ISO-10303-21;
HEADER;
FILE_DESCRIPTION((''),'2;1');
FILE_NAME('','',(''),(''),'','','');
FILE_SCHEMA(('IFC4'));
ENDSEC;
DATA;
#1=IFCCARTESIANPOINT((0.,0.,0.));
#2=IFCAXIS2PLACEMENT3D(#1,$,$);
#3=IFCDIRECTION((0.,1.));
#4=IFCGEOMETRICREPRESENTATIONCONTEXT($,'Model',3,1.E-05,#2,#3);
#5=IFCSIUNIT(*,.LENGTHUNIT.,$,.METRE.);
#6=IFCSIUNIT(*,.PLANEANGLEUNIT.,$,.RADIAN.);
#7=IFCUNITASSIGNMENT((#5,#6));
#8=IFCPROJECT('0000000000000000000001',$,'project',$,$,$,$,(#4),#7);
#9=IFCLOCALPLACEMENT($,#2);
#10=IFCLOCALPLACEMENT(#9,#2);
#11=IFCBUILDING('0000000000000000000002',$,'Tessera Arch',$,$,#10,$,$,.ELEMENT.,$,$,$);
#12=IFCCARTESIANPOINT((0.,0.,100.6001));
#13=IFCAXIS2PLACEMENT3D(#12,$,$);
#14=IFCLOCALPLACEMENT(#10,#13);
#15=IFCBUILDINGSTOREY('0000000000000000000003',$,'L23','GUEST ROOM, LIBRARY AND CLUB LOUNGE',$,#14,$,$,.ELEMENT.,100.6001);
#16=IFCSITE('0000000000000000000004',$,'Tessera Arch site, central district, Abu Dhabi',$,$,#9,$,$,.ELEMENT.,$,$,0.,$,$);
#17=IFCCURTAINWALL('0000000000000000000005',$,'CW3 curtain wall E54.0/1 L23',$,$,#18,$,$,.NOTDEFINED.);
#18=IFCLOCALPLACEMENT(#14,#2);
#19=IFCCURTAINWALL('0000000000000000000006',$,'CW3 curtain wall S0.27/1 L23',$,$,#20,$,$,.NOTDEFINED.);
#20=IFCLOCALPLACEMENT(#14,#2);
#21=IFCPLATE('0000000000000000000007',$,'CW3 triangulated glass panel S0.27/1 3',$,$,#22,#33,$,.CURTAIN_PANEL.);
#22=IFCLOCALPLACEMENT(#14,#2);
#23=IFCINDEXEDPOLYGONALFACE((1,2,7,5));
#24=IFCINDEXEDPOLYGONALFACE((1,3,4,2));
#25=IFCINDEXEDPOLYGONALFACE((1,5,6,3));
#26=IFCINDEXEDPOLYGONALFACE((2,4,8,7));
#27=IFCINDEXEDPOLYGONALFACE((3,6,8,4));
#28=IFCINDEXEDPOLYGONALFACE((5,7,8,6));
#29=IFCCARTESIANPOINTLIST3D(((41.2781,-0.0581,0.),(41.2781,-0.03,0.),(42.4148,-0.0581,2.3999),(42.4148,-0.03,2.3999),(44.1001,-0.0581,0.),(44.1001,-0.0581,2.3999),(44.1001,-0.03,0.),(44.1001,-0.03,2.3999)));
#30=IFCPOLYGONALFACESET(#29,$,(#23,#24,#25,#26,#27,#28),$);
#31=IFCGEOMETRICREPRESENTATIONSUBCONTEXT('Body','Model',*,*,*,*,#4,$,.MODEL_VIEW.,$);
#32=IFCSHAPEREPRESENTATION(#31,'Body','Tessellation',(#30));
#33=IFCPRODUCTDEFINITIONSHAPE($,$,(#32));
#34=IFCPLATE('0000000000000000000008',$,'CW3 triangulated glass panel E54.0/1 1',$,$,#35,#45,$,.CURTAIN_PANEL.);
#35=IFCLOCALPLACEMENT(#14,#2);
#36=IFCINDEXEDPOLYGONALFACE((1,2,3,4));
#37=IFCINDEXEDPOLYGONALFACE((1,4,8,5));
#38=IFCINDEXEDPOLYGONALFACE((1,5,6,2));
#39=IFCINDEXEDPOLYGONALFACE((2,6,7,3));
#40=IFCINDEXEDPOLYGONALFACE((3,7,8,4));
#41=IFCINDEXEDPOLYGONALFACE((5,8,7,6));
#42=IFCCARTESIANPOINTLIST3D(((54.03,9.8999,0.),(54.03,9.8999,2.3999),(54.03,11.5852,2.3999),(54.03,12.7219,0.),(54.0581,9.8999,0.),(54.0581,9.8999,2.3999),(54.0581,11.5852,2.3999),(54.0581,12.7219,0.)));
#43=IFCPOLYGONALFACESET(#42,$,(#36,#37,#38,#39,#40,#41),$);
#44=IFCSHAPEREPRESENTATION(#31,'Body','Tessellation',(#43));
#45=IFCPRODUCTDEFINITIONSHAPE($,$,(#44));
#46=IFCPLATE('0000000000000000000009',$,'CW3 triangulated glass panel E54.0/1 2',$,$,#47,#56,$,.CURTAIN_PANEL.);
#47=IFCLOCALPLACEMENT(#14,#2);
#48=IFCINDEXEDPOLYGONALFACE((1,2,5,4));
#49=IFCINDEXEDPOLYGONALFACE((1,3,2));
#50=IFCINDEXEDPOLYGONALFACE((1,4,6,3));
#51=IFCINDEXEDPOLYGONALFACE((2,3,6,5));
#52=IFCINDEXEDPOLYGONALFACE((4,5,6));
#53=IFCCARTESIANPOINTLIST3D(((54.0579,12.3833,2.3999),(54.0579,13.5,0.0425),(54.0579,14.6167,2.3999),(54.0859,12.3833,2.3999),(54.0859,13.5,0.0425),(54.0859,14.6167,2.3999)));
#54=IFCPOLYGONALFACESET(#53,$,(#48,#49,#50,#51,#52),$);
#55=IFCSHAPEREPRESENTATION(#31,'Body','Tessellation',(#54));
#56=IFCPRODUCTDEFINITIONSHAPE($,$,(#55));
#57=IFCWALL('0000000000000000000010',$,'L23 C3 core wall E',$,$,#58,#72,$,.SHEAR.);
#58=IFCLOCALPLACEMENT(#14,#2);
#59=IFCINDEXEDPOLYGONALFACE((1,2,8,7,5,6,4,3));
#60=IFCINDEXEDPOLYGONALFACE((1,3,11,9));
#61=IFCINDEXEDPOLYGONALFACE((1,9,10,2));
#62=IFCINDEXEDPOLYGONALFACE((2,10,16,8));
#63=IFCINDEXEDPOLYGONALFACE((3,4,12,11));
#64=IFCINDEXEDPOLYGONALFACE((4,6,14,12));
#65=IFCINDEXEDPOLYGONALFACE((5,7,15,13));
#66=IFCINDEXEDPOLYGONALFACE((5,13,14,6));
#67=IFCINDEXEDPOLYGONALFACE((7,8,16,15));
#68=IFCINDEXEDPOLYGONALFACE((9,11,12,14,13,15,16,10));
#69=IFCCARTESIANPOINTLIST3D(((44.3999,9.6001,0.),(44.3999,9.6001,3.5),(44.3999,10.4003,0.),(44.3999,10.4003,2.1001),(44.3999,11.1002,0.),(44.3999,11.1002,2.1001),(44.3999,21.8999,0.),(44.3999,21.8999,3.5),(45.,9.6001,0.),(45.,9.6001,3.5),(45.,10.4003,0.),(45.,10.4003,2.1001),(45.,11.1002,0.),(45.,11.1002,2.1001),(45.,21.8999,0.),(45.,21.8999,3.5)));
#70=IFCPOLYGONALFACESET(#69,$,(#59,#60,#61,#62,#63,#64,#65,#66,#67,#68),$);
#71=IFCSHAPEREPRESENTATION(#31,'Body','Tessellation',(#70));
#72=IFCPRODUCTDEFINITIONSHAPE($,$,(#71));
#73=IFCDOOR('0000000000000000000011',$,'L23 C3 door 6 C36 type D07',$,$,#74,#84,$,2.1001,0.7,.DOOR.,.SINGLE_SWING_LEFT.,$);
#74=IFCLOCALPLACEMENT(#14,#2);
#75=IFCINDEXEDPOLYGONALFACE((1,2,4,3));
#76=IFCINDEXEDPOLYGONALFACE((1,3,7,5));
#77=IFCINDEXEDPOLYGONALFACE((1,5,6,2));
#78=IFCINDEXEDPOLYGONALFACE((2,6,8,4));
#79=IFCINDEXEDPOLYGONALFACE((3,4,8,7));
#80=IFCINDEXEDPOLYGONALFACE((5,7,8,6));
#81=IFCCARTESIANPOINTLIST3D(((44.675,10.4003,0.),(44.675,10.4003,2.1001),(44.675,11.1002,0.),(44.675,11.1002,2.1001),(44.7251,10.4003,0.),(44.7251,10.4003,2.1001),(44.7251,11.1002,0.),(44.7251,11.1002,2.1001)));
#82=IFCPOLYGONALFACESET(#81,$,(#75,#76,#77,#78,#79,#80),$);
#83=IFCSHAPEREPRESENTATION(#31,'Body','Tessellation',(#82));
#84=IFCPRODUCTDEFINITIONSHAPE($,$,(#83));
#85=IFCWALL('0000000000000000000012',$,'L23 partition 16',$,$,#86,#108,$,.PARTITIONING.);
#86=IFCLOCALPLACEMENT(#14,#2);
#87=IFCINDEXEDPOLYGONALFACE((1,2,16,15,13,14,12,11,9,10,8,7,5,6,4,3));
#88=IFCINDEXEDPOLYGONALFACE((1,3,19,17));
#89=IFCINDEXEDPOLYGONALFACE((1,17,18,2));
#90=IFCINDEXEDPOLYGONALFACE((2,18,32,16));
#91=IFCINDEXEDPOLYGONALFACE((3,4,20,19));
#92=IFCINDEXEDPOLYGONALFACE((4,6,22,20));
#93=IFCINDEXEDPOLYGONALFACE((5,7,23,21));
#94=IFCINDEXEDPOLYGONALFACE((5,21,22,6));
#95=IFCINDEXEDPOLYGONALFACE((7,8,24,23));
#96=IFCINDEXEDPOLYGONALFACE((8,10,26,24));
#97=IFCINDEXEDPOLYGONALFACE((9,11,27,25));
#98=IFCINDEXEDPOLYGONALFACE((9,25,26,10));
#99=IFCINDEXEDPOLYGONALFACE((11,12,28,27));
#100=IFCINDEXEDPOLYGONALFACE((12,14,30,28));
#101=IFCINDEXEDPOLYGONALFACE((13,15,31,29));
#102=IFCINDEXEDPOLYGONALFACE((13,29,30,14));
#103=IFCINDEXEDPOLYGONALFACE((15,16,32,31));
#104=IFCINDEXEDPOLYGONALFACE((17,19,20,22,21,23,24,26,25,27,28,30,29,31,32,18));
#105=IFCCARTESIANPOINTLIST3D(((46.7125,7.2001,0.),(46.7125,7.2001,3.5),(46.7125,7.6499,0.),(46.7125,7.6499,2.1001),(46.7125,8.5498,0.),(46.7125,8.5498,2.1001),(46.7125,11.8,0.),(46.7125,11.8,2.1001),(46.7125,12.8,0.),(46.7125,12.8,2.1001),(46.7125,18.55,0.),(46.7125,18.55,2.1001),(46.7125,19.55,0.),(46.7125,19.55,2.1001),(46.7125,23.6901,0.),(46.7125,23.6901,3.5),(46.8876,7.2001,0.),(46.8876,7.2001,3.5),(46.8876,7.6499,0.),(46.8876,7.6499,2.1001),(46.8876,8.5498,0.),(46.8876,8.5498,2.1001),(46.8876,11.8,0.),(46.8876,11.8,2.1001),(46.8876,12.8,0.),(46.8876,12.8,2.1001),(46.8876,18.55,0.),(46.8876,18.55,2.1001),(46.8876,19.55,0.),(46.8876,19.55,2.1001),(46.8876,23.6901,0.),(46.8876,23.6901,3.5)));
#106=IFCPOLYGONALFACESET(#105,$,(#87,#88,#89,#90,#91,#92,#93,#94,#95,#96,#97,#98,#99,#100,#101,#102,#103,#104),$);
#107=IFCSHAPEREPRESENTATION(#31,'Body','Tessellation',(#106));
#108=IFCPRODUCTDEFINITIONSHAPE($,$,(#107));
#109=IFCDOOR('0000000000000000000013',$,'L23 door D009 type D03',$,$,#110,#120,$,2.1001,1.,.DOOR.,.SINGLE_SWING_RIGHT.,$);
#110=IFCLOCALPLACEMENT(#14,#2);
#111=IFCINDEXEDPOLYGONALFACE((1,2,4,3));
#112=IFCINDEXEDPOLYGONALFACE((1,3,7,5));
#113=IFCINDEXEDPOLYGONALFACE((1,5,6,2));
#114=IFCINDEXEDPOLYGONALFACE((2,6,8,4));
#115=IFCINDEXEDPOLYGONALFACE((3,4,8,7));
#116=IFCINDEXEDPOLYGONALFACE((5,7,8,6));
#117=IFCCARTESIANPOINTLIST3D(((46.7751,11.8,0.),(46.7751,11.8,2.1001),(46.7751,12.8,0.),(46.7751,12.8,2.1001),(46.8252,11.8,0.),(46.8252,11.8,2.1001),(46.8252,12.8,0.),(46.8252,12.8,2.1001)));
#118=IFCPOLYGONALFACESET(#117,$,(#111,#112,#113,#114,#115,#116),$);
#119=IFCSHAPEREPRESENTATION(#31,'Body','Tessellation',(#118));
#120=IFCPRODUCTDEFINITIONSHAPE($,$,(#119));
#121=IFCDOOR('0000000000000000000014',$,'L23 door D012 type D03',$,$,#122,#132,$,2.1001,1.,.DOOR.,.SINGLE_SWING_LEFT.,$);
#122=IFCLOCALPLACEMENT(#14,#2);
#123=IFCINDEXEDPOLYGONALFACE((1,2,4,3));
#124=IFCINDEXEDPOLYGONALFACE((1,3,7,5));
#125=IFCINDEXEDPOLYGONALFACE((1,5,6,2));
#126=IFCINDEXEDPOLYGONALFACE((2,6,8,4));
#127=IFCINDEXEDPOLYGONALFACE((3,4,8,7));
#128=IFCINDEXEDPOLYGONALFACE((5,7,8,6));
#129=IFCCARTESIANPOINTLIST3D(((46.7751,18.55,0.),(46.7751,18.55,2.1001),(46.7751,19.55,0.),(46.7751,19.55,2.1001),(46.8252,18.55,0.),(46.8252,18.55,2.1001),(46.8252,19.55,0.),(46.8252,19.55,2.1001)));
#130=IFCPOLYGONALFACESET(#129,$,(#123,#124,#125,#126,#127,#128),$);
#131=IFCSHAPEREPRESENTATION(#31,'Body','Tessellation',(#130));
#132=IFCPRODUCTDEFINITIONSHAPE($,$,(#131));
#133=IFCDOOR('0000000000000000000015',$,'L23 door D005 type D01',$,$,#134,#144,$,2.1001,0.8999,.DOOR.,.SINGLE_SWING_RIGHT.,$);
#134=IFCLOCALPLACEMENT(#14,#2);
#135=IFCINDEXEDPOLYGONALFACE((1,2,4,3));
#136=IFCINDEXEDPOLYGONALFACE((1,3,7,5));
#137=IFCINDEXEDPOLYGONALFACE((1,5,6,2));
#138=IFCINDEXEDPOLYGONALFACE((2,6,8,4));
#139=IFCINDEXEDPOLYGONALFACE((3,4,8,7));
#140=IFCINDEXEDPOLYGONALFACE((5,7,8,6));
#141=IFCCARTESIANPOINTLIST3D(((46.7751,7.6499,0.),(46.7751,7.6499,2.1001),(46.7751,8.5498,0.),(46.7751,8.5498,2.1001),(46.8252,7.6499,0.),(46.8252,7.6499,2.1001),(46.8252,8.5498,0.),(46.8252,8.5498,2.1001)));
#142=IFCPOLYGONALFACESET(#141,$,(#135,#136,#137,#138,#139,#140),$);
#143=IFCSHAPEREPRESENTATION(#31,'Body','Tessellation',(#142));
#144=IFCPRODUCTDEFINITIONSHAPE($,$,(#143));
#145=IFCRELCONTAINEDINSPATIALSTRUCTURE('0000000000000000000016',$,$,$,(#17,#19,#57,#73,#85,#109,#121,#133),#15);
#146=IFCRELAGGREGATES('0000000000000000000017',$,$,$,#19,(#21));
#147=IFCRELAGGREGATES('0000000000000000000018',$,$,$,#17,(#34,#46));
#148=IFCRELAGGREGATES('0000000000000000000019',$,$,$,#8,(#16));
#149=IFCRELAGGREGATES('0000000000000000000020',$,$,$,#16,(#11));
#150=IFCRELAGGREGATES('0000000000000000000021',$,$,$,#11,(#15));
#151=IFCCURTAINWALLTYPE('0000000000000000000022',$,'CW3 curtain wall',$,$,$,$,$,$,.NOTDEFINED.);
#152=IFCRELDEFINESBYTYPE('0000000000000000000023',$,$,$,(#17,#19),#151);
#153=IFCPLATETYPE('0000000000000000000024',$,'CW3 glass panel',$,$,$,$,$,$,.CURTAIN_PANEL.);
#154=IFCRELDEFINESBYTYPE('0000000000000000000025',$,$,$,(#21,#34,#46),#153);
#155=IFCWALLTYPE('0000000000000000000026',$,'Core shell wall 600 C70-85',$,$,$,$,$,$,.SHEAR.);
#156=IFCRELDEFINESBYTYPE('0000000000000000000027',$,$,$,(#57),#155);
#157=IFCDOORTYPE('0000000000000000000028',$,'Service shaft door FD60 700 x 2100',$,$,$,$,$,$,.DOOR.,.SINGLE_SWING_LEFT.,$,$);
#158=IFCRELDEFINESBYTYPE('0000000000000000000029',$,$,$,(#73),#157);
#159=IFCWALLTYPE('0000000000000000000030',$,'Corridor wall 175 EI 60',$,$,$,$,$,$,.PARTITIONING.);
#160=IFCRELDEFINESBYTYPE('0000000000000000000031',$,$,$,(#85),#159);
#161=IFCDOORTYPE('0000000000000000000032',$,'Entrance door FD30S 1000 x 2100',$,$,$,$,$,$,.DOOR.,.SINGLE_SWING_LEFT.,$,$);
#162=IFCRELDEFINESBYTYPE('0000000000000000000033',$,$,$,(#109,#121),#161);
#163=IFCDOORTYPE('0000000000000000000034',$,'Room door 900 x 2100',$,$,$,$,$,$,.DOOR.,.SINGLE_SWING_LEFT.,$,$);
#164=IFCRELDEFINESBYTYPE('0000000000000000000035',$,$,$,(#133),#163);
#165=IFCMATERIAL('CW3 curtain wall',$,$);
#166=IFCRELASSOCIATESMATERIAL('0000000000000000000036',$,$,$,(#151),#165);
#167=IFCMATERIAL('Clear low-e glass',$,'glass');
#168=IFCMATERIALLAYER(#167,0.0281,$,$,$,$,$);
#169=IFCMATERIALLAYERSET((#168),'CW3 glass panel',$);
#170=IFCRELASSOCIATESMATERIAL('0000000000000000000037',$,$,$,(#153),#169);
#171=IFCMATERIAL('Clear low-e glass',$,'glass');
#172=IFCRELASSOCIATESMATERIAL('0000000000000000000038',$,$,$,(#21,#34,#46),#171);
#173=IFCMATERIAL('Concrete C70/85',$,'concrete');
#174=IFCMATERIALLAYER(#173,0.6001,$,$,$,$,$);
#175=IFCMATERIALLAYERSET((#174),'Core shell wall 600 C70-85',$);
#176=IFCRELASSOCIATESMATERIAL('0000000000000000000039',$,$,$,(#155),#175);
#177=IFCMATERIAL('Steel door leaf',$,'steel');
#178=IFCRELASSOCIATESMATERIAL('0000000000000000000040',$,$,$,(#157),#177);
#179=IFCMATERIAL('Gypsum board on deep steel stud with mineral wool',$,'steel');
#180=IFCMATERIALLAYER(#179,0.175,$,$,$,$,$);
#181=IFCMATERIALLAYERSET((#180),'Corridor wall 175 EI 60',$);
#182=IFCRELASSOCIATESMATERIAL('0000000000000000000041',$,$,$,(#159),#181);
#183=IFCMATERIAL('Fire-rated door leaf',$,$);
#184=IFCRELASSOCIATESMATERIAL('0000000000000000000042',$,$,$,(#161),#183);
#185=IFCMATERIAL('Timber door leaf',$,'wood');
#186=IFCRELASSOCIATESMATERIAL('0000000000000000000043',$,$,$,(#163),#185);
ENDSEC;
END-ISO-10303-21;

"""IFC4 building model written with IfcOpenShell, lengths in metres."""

from ifc_helpers import new_model, si_unit, direction, frame, frame_2d, origin, place, context, subcontext, project, spatial, polyline, rectangle, outline, extrude, material, layer, layer_set, type_object, element, fill, aggregate, save


model = new_model("IFC4")

# Units and contexts
model_context = context("Model", 3, precision=1e-05, world=origin(), true_north=direction((0.0, 1.0)))
body_context = subcontext(model_context, "Body", "Model", "MODEL_VIEW")
ifc_project = project(units=[si_unit("LENGTHUNIT", "METRE"), si_unit("PLANEANGLEUNIT", "RADIAN")], contexts=[model_context])

# Site, building, storey
site_placement = place(None, origin())
site = spatial("IfcSite", under=ifc_project, at=site_placement, Name="Tessera Arch site, central district, Abu Dhabi", CompositionType="ELEMENT", RefElevation=0.0)
building_placement = place(site_placement, origin())
building = spatial("IfcBuilding", under=site, at=building_placement, Name="Tessera Arch", CompositionType="ELEMENT")
storey_placement = place(building_placement, frame((0.0, 0.0, 100.6001)))
storey = spatial("IfcBuildingStorey", under=building, at=storey_placement, Name="L23", Description="GUEST ROOM, LIBRARY AND CLUB LOUNGE", CompositionType="ELEMENT", Elevation=100.6001)

# Curtain wall
ifc_material_1 = material(Name="CW3 curtain wall")
curtain_wall_type_1 = type_object("IfcCurtainWallType", Name="CW3 curtain wall", PredefinedType="NOTDEFINED", material=ifc_material_1)
curtain_wall_1_placement = place(storey_placement, origin())
curtain_wall_1 = element("IfcCurtainWall", 1, at=curtain_wall_1_placement, inside=storey, type_object=curtain_wall_type_1, Name="CW3 curtain wall E54.0/1 L23", PredefinedType="NOTDEFINED")

# Shared definitions
ifc_material_2 = material(Name="Clear low-e glass", Category="glass")

# Curtain wall, plate
curtain_wall_2_placement = place(storey_placement, origin())
curtain_wall_2 = element("IfcCurtainWall", 2, at=curtain_wall_2_placement, inside=storey, type_object=curtain_wall_type_1, Name="CW3 curtain wall S0.27/1 L23", PredefinedType="NOTDEFINED")
ifc_material_3 = material(Name="Clear low-e glass", Category="glass")
ifc_layer_1 = layer(ifc_material_3, 0.0281)
ifc_layer_set_1 = layer_set([ifc_layer_1], Name="CW3 glass panel")
plate_type_1 = type_object("IfcPlateType", Name="CW3 glass panel", PredefinedType="CURTAIN_PANEL", material=ifc_layer_set_1)
plate_1_placement = place(storey_placement, frame((44.1001, -0.0581, 2.3999), z_axis=(0.0, -1.0, 0.0), x_axis=(-1.0, 0.0, 0.0)))
plate_1 = element("IfcPlate", 3, at=plate_1_placement, type_object=plate_type_1, material=ifc_material_2, Name="CW3 triangulated glass panel S0.27/1 3", PredefinedType="CURTAIN_PANEL", context=body_context, shape_type="SweptSolid", body=[
    extrude(outline(polyline([(0.0, 0.0), (1.6853, 0.0), (2.822, 2.3999), (0.0, 2.3999), (0.0, 0.0)])), origin(), (0.0, 0.0, -1.0), 0.0281),
])
aggregate(curtain_wall_2, [plate_1])

# Plates
plate_2_placement = place(storey_placement, frame((54.0581, 9.8999, 0.0), z_axis=(1.0, 0.0, 0.0), x_axis=(0.0, 1.0, 0.0)))
plate_2 = element("IfcPlate", 4, at=plate_2_placement, type_object=plate_type_1, material=ifc_material_2, Name="CW3 triangulated glass panel E54.0/1 1", PredefinedType="CURTAIN_PANEL", context=body_context, shape_type="SweptSolid", body=[
    extrude(outline(polyline([(0.0, 0.0), (2.822, 0.0), (1.6853, 2.3999), (0.0, 2.3999), (0.0, 0.0)])), origin(), (0.0, 0.0, -1.0), 0.0281),
])
plate_3_placement = place(storey_placement, frame((54.0859, 14.6167, 2.3999), z_axis=(1.0, 0.0, 0.0), x_axis=(0.0, -1.0, 0.0)))
plate_3 = element("IfcPlate", 5, at=plate_3_placement, type_object=plate_type_1, material=ifc_material_2, Name="CW3 triangulated glass panel E54.0/1 2", PredefinedType="CURTAIN_PANEL", context=body_context, shape_type="SweptSolid", body=[
    extrude(outline(polyline([(0.0, 0.0), (2.2334, 0.0), (1.1167, 2.3574), (0.0, 0.0)])), origin(), (0.0, 0.0, -1.0), 0.0281),
])
aggregate(curtain_wall_1, [plate_2, plate_3])

# Wall, opening, door
ifc_material_4 = material(Name="Concrete C70/85", Category="concrete")
ifc_layer_2 = layer(ifc_material_4, 0.6001)
ifc_layer_set_2 = layer_set([ifc_layer_2], Name="Core shell wall 600 C70-85")
wall_type_1 = type_object("IfcWallType", Name="Core shell wall 600 C70-85", PredefinedType="SHEAR", material=ifc_layer_set_2)
wall_1_placement = place(storey_placement, frame((44.7, 9.6001, 0.0), z_axis=(0.0, 0.0, 1.0), x_axis=(0.0, 1.0, 0.0)))
wall_1 = element("IfcWall", 6, at=wall_1_placement, inside=storey, type_object=wall_type_1, Name="L23 C3 core wall E", PredefinedType="SHEAR", context=body_context, shape_type="SweptSolid", body=[
    extrude(rectangle(XDim=12.2998, YDim=0.6001, at=frame_2d((6.1499, 0.0))), origin(), (0.0, 0.0, 1.0), 3.5),
])
opening_1_placement = place(wall_1_placement, frame((0.8, 0.0, 0.0)))
opening_1 = element("IfcOpeningElement", 7, at=opening_1_placement, cuts=wall_1, PredefinedType="OPENING", context=body_context, shape_type="SweptSolid", body=[
    extrude(rectangle(XDim=0.7, YDim=2.1001, at=frame_2d((0.3501, 1.05))), frame((0.0, 0.3101, 0.0), z_axis=(0.0, -1.0, 0.0), x_axis=(1.0, 0.0, 0.0)), (0.0, 0.0, 1.0), 0.6201),
])
ifc_material_5 = material(Name="Steel door leaf", Category="steel")
door_type_1 = type_object("IfcDoorType", Name="Service shaft door FD60 700 x 2100", OperationType="SINGLE_SWING_LEFT", PredefinedType="DOOR", material=ifc_material_5)
door_1_placement = place(opening_1_placement, origin())
door_1 = element("IfcDoor", 8, at=door_1_placement, inside=storey, type_object=door_type_1, Name="L23 C3 door 6 C36 type D07", OperationType="SINGLE_SWING_LEFT", OverallHeight=2.1001, OverallWidth=0.7, PredefinedType="DOOR", context=body_context, shape_type="SweptSolid", body=[
    extrude(rectangle(XDim=0.7, YDim=2.1001, at=frame_2d((0.3501, 1.05))), frame((0.0, 0.0249, 0.0), z_axis=(0.0, -1.0, 0.0), x_axis=(1.0, 0.0, 0.0)), (0.0, 0.0, 1.0), 0.05),
])
fill(opening_1, door_1)

# Wall, openings, doors
ifc_material_6 = material(Name="Gypsum board on deep steel stud with mineral wool", Category="steel")
ifc_layer_3 = layer(ifc_material_6, 0.175)
ifc_layer_set_3 = layer_set([ifc_layer_3], Name="Corridor wall 175 EI 60")
wall_type_2 = type_object("IfcWallType", Name="Corridor wall 175 EI 60", PredefinedType="PARTITIONING", material=ifc_layer_set_3)
wall_2_placement = place(storey_placement, frame((46.8, 7.2, 0.0), z_axis=(0.0, 0.0, 1.0), x_axis=(0.0, 1.0, 0.0)))
wall_2 = element("IfcWall", 9, at=wall_2_placement, inside=storey, type_object=wall_type_2, Name="L23 partition 16", PredefinedType="PARTITIONING", context=body_context, shape_type="SweptSolid", body=[
    extrude(rectangle(XDim=16.49, YDim=0.175, at=frame_2d((8.2451, 0.0))), origin(), (0.0, 0.0, 1.0), 3.5),
])
opening_2_placement = place(wall_2_placement, frame((0.45, 0.0, 0.0)))
opening_2 = element("IfcOpeningElement", 10, at=opening_2_placement, cuts=wall_2, PredefinedType="OPENING", context=body_context, shape_type="SweptSolid", body=[
    extrude(rectangle(XDim=0.8999, YDim=2.1001, at=frame_2d((0.45, 1.05))), frame((0.0, 0.0974, 0.0), z_axis=(0.0, -1.0, 0.0), x_axis=(1.0, 0.0, 0.0)), (0.0, 0.0, 1.0), 0.1951),
])
opening_3_placement = place(wall_2_placement, frame((4.6001, 0.0, 0.0)))
opening_3 = element("IfcOpeningElement", 11, at=opening_3_placement, cuts=wall_2, PredefinedType="OPENING", context=body_context, shape_type="SweptSolid", body=[
    extrude(rectangle(XDim=1.0, YDim=2.1001, at=frame_2d((0.5, 1.05))), frame((0.0, 0.0974, 0.0), z_axis=(0.0, -1.0, 0.0), x_axis=(1.0, 0.0, 0.0)), (0.0, 0.0, 1.0), 0.1951),
])
opening_4_placement = place(wall_2_placement, frame((11.3501, 0.0, 0.0)))
opening_4 = element("IfcOpeningElement", 12, at=opening_4_placement, cuts=wall_2, PredefinedType="OPENING", context=body_context, shape_type="SweptSolid", body=[
    extrude(rectangle(XDim=1.0, YDim=2.1001, at=frame_2d((0.5, 1.05))), frame((0.0, 0.0974, 0.0), z_axis=(0.0, -1.0, 0.0), x_axis=(1.0, 0.0, 0.0)), (0.0, 0.0, 1.0), 0.1951),
])
ifc_material_7 = material(Name="Fire-rated door leaf")
door_type_2 = type_object("IfcDoorType", Name="Entrance door FD30S 1000 x 2100", OperationType="SINGLE_SWING_LEFT", PredefinedType="DOOR", material=ifc_material_7)
door_2_placement = place(opening_3_placement, origin())
door_2 = element("IfcDoor", 13, at=door_2_placement, inside=storey, type_object=door_type_2, Name="L23 door D009 type D03", OperationType="SINGLE_SWING_RIGHT", OverallHeight=2.1001, OverallWidth=1.0, PredefinedType="DOOR", context=body_context, shape_type="SweptSolid", body=[
    extrude(rectangle(XDim=1.0, YDim=2.1001, at=frame_2d((0.5, 1.05))), frame((0.0, 0.0249, 0.0), z_axis=(0.0, -1.0, 0.0), x_axis=(1.0, 0.0, 0.0)), (0.0, 0.0, 1.0), 0.05),
])
fill(opening_3, door_2)
door_3_placement = place(opening_4_placement, origin())
door_3 = element("IfcDoor", 14, at=door_3_placement, inside=storey, type_object=door_type_2, Name="L23 door D012 type D03", OperationType="SINGLE_SWING_LEFT", OverallHeight=2.1001, OverallWidth=1.0, PredefinedType="DOOR", context=body_context, shape_type="SweptSolid", body=[
    extrude(rectangle(XDim=1.0, YDim=2.1001, at=frame_2d((0.5, 1.05))), frame((0.0, 0.0249, 0.0), z_axis=(0.0, -1.0, 0.0), x_axis=(1.0, 0.0, 0.0)), (0.0, 0.0, 1.0), 0.05),
])
fill(opening_4, door_3)
ifc_material_8 = material(Name="Timber door leaf", Category="wood")
door_type_3 = type_object("IfcDoorType", Name="Room door 900 x 2100", OperationType="SINGLE_SWING_LEFT", PredefinedType="DOOR", material=ifc_material_8)
door_4_placement = place(opening_2_placement, origin())
door_4 = element("IfcDoor", 15, at=door_4_placement, inside=storey, type_object=door_type_3, Name="L23 door D005 type D01", OperationType="SINGLE_SWING_RIGHT", OverallHeight=2.1001, OverallWidth=0.8999, PredefinedType="DOOR", context=body_context, shape_type="SweptSolid", body=[
    extrude(rectangle(XDim=0.8999, YDim=2.1001, at=frame_2d((0.45, 1.05))), frame((0.0, 0.0249, 0.0), z_axis=(0.0, -1.0, 0.0), x_axis=(1.0, 0.0, 0.0)), (0.0, 0.0, 1.0), 0.05),
])
fill(opening_2, door_4)

save(model, "model.ifc")
